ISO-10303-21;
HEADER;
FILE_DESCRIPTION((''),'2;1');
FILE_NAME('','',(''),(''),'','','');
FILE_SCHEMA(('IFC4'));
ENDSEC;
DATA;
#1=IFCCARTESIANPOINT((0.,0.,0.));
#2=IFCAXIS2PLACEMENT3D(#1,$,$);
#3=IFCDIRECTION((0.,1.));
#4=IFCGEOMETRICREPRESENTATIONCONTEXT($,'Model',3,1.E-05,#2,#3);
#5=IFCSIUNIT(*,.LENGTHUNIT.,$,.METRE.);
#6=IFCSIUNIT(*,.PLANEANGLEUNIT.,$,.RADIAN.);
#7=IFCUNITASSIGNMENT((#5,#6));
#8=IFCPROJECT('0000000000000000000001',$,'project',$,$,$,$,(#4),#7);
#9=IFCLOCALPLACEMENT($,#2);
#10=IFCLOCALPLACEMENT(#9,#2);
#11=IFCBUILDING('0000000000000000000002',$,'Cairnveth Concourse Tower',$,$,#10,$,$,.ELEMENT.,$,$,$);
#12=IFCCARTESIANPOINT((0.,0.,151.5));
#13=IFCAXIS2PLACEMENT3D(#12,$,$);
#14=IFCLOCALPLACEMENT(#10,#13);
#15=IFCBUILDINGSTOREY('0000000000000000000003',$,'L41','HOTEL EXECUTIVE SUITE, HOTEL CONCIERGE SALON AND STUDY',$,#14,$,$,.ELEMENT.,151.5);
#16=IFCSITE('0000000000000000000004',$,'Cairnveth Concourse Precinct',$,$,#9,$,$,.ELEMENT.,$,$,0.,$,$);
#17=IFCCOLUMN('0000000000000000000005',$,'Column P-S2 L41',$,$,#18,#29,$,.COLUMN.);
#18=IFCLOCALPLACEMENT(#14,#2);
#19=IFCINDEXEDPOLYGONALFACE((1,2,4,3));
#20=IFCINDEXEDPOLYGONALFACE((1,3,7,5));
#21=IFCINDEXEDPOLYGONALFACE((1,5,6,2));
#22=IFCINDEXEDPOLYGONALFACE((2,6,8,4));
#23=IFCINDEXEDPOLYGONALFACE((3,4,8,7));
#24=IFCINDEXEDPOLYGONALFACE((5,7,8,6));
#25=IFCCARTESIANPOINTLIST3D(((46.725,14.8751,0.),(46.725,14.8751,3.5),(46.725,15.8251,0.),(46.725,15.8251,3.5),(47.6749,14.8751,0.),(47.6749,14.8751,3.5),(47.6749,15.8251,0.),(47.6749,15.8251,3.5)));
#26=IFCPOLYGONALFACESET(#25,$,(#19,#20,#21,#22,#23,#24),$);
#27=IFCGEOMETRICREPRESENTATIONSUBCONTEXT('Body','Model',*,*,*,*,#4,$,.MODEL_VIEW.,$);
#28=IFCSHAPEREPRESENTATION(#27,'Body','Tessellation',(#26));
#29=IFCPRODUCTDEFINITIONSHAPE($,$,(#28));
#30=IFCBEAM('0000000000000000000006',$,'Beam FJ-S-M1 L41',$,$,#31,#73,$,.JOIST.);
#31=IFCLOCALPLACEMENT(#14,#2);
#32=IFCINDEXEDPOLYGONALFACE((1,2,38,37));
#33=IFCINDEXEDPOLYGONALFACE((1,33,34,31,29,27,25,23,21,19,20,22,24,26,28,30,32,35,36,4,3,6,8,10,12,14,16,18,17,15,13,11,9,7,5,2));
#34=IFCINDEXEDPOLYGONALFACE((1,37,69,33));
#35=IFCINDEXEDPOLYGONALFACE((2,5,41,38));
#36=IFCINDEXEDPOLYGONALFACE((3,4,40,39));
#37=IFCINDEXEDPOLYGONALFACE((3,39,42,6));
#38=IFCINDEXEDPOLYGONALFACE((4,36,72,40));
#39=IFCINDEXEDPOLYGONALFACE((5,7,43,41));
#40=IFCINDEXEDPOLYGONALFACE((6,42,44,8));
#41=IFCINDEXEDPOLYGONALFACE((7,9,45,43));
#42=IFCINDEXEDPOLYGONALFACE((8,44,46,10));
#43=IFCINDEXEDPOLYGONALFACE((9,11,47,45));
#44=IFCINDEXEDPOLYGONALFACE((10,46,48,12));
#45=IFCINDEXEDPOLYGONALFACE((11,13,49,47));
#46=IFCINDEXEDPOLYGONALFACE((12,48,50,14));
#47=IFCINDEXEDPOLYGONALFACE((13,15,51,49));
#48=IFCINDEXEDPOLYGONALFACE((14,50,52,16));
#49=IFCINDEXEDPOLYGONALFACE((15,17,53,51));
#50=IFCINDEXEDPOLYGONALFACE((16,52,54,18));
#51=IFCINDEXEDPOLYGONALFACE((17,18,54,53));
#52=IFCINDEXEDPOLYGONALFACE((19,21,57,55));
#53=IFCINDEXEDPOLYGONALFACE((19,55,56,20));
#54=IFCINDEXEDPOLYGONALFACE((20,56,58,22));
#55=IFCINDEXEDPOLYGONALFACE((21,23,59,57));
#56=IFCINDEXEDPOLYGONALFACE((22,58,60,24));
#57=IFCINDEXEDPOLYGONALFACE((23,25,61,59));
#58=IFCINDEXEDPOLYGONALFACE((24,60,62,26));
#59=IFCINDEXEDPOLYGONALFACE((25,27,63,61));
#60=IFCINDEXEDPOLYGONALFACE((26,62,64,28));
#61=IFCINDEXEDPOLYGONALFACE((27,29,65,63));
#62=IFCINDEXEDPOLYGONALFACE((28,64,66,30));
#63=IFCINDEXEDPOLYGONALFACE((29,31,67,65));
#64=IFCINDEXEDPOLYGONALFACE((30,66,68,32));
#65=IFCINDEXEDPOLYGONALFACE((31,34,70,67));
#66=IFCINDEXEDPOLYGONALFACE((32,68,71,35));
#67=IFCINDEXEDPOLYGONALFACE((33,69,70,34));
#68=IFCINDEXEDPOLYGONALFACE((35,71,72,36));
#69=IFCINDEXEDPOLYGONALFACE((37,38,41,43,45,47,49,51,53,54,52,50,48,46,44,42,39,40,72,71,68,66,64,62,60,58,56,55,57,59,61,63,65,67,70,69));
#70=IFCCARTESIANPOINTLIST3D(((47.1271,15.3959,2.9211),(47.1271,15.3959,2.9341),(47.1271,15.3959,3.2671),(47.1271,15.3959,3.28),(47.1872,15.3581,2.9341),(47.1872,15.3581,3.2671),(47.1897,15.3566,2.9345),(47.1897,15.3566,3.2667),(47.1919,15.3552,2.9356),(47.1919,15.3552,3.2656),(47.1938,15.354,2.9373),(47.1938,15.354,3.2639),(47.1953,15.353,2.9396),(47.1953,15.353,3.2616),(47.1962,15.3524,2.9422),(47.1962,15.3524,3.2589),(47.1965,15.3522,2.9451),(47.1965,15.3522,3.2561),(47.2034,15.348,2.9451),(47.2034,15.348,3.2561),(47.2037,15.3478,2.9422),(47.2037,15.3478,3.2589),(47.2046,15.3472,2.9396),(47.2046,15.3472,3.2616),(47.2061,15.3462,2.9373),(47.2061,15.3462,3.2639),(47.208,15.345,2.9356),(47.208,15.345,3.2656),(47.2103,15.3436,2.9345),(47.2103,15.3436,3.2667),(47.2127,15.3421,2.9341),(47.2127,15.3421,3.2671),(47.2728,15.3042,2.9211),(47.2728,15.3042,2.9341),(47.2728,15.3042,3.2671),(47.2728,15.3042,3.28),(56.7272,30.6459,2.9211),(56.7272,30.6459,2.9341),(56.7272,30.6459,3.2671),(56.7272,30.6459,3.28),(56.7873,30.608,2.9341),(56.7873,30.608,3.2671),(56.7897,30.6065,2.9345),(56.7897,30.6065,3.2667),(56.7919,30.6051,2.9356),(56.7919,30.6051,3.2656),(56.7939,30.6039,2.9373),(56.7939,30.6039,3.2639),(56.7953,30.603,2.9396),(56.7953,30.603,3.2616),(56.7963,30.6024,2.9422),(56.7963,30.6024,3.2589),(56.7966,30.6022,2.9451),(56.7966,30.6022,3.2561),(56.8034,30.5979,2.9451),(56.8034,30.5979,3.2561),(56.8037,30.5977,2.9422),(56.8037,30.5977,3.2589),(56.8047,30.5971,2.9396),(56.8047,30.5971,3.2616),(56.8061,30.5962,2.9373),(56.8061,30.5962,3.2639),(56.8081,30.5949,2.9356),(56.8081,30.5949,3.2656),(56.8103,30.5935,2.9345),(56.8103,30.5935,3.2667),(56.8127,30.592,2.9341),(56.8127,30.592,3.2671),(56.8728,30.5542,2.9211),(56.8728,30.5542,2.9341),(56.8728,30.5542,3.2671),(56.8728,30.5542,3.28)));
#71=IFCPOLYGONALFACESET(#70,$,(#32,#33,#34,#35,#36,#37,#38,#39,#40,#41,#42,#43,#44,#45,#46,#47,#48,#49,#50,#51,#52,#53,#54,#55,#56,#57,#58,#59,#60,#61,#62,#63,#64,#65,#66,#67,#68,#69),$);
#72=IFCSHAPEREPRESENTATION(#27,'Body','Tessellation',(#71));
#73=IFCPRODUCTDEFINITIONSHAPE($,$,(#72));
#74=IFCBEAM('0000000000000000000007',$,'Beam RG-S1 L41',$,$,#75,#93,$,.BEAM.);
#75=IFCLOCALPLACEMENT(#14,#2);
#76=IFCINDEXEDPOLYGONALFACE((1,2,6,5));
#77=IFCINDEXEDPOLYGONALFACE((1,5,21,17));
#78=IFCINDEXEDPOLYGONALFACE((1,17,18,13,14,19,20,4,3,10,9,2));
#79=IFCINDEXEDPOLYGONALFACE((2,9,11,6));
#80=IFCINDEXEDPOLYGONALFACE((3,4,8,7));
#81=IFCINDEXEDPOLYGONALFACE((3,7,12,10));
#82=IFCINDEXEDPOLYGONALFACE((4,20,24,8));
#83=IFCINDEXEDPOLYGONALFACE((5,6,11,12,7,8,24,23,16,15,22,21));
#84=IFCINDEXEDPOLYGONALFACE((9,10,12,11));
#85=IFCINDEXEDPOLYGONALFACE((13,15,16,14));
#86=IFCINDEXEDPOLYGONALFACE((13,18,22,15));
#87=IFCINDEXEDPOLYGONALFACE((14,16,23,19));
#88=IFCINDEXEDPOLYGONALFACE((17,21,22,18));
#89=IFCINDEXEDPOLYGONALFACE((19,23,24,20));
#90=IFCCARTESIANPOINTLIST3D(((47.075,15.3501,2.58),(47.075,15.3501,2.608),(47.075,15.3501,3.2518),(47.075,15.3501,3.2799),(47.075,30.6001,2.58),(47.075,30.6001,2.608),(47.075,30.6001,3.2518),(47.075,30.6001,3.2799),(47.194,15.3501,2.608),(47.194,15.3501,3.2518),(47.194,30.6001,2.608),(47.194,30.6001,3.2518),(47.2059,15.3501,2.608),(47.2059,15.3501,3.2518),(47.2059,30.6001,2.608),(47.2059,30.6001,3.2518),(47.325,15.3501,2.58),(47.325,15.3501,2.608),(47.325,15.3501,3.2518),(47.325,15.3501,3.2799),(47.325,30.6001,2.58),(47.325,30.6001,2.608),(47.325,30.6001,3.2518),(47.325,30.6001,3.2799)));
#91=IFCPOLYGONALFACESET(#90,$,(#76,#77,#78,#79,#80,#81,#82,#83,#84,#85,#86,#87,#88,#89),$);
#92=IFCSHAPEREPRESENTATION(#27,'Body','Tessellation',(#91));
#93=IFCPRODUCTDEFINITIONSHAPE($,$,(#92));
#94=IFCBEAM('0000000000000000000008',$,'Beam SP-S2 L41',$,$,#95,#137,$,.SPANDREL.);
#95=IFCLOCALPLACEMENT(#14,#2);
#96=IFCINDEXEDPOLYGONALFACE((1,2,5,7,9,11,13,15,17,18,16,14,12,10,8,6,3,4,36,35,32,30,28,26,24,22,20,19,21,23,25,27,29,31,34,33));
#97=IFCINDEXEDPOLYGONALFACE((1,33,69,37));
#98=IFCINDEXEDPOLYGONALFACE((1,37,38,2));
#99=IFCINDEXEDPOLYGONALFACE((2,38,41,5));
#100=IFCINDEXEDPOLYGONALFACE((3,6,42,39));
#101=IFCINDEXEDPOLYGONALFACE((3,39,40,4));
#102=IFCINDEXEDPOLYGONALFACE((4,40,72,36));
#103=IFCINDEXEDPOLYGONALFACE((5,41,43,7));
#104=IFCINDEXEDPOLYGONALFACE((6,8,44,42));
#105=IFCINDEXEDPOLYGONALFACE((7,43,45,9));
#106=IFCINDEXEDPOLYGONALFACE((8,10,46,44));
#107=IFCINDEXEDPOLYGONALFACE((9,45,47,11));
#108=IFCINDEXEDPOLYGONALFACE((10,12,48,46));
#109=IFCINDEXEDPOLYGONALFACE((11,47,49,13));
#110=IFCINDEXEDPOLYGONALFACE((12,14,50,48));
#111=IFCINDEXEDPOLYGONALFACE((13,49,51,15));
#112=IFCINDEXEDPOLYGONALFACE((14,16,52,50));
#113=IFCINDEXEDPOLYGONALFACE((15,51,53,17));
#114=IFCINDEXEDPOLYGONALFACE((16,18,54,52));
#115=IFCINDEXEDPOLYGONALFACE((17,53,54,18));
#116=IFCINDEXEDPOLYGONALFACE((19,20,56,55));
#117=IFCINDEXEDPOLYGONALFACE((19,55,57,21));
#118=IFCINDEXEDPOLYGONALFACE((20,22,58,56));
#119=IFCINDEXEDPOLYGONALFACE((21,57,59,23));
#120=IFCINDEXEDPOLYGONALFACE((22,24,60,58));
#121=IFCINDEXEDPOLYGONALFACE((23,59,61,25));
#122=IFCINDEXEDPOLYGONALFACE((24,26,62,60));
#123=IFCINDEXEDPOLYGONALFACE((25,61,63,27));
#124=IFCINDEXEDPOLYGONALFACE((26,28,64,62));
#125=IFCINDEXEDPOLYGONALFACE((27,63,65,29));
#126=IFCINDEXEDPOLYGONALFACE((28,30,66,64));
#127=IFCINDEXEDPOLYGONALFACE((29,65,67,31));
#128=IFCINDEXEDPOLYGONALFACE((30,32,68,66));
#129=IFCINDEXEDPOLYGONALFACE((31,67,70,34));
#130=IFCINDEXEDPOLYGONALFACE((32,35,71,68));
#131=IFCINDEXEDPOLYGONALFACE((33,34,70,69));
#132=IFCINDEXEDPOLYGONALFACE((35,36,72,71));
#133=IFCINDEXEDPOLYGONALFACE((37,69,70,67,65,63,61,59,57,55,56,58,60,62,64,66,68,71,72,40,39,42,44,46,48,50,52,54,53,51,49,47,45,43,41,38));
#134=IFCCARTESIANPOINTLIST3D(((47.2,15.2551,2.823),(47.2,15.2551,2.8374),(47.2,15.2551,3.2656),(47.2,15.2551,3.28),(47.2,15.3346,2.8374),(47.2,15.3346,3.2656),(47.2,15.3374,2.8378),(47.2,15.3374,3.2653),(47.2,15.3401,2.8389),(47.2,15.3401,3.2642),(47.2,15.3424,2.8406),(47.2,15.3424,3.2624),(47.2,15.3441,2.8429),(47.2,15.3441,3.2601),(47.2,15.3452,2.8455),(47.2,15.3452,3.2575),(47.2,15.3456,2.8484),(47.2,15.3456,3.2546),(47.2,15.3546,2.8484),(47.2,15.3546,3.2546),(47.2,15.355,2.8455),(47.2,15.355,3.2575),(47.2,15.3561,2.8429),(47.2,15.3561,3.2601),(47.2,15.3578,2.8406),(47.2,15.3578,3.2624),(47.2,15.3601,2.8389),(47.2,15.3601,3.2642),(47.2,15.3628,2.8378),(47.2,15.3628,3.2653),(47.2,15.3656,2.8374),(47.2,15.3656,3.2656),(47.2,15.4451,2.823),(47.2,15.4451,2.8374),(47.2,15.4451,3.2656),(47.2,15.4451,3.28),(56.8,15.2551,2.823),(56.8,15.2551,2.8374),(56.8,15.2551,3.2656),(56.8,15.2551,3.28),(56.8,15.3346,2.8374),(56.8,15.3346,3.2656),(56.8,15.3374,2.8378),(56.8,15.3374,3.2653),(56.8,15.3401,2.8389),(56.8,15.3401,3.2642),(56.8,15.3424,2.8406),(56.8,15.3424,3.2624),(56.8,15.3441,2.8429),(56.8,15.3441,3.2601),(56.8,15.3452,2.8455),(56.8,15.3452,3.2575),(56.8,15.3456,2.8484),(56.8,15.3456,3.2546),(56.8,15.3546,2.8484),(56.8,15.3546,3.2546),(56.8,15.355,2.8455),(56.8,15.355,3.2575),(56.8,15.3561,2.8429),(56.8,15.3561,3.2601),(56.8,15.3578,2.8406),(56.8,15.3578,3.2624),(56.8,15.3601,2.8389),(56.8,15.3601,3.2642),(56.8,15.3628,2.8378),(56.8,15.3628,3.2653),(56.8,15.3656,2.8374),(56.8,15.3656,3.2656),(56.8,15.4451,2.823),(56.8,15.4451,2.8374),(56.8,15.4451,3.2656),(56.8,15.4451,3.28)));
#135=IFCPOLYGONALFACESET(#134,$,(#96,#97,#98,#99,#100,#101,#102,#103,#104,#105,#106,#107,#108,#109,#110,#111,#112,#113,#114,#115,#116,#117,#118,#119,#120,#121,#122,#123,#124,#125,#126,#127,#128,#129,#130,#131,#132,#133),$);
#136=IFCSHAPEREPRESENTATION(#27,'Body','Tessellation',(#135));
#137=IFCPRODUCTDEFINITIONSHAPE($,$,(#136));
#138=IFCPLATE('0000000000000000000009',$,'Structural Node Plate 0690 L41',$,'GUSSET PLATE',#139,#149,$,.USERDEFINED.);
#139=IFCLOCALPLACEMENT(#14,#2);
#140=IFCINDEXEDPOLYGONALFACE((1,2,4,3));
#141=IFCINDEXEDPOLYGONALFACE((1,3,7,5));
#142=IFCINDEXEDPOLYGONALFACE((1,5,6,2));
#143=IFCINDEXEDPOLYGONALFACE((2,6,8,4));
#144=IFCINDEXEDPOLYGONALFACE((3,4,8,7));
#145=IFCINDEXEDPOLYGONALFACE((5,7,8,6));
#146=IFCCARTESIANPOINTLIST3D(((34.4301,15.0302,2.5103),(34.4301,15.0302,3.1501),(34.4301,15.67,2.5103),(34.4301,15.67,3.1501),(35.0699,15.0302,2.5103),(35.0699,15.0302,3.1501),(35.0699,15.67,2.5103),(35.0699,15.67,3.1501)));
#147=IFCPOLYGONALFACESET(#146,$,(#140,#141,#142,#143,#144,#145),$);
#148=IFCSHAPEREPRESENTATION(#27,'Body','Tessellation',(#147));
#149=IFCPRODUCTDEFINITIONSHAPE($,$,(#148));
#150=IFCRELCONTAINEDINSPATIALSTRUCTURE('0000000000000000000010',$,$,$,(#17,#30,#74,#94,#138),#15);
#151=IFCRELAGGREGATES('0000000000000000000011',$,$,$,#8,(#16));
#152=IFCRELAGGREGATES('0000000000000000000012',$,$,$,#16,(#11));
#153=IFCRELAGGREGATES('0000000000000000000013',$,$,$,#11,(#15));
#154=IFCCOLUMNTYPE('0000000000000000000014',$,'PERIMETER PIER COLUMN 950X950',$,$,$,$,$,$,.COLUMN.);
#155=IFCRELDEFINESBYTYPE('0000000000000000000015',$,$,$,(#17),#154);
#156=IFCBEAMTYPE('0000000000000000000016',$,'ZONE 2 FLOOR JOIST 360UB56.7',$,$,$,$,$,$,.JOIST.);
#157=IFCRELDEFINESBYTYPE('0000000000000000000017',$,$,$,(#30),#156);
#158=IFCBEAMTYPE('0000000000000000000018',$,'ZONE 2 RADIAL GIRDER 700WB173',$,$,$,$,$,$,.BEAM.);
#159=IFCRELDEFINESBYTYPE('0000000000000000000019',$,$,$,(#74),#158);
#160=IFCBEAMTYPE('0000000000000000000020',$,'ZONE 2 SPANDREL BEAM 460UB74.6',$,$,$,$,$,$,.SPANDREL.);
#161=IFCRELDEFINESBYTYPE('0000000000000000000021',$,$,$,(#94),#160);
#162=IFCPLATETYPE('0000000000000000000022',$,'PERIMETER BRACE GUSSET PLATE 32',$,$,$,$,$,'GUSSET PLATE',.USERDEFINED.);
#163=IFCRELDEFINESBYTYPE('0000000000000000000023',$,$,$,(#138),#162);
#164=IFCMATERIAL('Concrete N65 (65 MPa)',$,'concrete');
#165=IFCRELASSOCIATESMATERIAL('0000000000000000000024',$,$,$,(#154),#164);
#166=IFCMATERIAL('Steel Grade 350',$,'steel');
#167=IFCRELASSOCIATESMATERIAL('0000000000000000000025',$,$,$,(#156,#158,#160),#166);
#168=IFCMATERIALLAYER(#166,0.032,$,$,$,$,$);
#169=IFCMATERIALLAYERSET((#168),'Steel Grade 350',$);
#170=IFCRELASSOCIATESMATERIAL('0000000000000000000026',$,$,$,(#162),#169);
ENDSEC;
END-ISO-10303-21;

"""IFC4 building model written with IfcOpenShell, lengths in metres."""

from ifc_helpers import new_model, si_unit, direction, frame, origin, origin_2d, place, context, subcontext, project, spatial, rectangle, i_section, extrude, material, layer, layer_set, material_profile, profile_set, type_object, element, save


model = new_model("IFC4")

# Units and contexts
model_context = context("Model", 3, precision=1e-05, world=origin(), true_north=direction((0.0, 1.0)))
body_context = subcontext(model_context, "Body", "Model", "MODEL_VIEW")
ifc_project = project(units=[si_unit("LENGTHUNIT", "METRE"), si_unit("PLANEANGLEUNIT", "RADIAN")], contexts=[model_context])

# Site, building, storey
site_placement = place(None, origin())
site = spatial("IfcSite", under=ifc_project, at=site_placement, Name="Cairnveth Concourse Precinct", CompositionType="ELEMENT", RefElevation=0.0)
building_placement = place(site_placement, origin())
building = spatial("IfcBuilding", under=site, at=building_placement, Name="Cairnveth Concourse Tower", CompositionType="ELEMENT")
storey_placement = place(building_placement, frame((0.0, 0.0, 151.5)))
storey = spatial("IfcBuildingStorey", under=building, at=storey_placement, Name="L41", Description="HOTEL EXECUTIVE SUITE, HOTEL CONCIERGE SALON AND STUDY", CompositionType="ELEMENT", Elevation=151.5)

# Column
ifc_material_1 = material(Name="Concrete N65 (65 MPa)", Category="concrete")
ifc_material_profile_1 = material_profile(ifc_material_1, rectangle(XDim=0.95, YDim=0.95, at=origin_2d()), Name="RC-COL-950x950")
ifc_profile_set_1 = profile_set([ifc_material_profile_1], Name="Concrete N65 (65 MPa)")
column_type = type_object("IfcColumnType", Name="PERIMETER PIER COLUMN 950X950", PredefinedType="COLUMN", material=ifc_profile_set_1)
column_placement = place(storey_placement, frame((47.2, 15.3501, 0.0), z_axis=(0.0, 0.0, 1.0), x_axis=(1.0, 0.0, 0.0)))
element("IfcColumn", 1, at=column_placement, inside=storey, type_object=column_type, Name="Column P-S2 L41", PredefinedType="COLUMN", context=body_context, shape_type="SweptSolid", body=[
    extrude(rectangle(XDim=0.95, YDim=0.95, at=origin_2d()), origin(), (0.0, 0.0, 1.0), 3.5),
])

# Beams
ifc_material_2 = material(Name="Steel Grade 350", Category="steel")
ifc_material_profile_2 = material_profile(ifc_material_2, i_section(OverallWidth=0.1721, OverallDepth=0.3589, WebThickness=0.0081, FlangeThickness=0.0129, FilletRadius=0.011, at=origin_2d()), Name="360UB56.7")
ifc_profile_set_2 = profile_set([ifc_material_profile_2], Name="Steel Grade 350")
beam_type_1 = type_object("IfcBeamType", Name="ZONE 2 FLOOR JOIST 360UB56.7", PredefinedType="JOIST", material=ifc_profile_set_2)
beam_1_placement = place(storey_placement, frame((47.2, 15.3501, 3.1006), z_axis=(0.532744, 0.846277, 0.0), x_axis=(-0.846277, 0.532744, 0.0)))
element("IfcBeam", 2, at=beam_1_placement, inside=storey, type_object=beam_type_1, Name="Beam FJ-S-M1 L41", PredefinedType="JOIST", context=body_context, shape_type="SweptSolid", body=[
    extrude(i_section(OverallWidth=0.1721, OverallDepth=0.3589, WebThickness=0.0081, FlangeThickness=0.0129, FilletRadius=0.011, at=origin_2d()), origin(), (0.0, 0.0, 1.0), 18.02),
])
ifc_material_profile_3 = material_profile(ifc_material_2, i_section(OverallWidth=0.25, OverallDepth=0.7, WebThickness=0.012, FlangeThickness=0.0281, at=origin_2d()), Name="700WB173")
ifc_profile_set_3 = profile_set([ifc_material_profile_3], Name="Steel Grade 350")
beam_type_2 = type_object("IfcBeamType", Name="ZONE 2 RADIAL GIRDER 700WB173", PredefinedType="BEAM", material=ifc_profile_set_3)
beam_2_placement = place(storey_placement, frame((47.2, 15.3501, 2.9299), z_axis=(0.0, 1.0, 0.0), x_axis=(-1.0, 0.0, 0.0)))
element("IfcBeam", 3, at=beam_2_placement, inside=storey, type_object=beam_type_2, Name="Beam RG-S1 L41", PredefinedType="BEAM", context=body_context, shape_type="SweptSolid", body=[
    extrude(i_section(OverallWidth=0.25, OverallDepth=0.7, WebThickness=0.012, FlangeThickness=0.0281, at=origin_2d()), origin(), (0.0, 0.0, 1.0), 15.25),
])
ifc_material_profile_4 = material_profile(ifc_material_2, i_section(OverallWidth=0.1899, OverallDepth=0.457, WebThickness=0.009, FlangeThickness=0.0144, FilletRadius=0.011, at=origin_2d()), Name="460UB74.6")
ifc_profile_set_4 = profile_set([ifc_material_profile_4], Name="Steel Grade 350")
beam_type_3 = type_object("IfcBeamType", Name="ZONE 2 SPANDREL BEAM 460UB74.6", PredefinedType="SPANDREL", material=ifc_profile_set_4)
beam_3_placement = place(storey_placement, frame((47.2, 15.3501, 3.0515), z_axis=(1.0, 0.0, 0.0), x_axis=(0.0, 1.0, 0.0)))
element("IfcBeam", 4, at=beam_3_placement, inside=storey, type_object=beam_type_3, Name="Beam SP-S2 L41", PredefinedType="SPANDREL", context=body_context, shape_type="SweptSolid", body=[
    extrude(i_section(OverallWidth=0.1899, OverallDepth=0.457, WebThickness=0.009, FlangeThickness=0.0144, FilletRadius=0.011, at=origin_2d()), origin(), (0.0, 0.0, 1.0), 9.6001),
])

# Plate
ifc_layer_1 = layer(ifc_material_2, 0.032)
ifc_layer_set_1 = layer_set([ifc_layer_1], Name="Steel Grade 350")
plate_type = type_object("IfcPlateType", Name="PERIMETER BRACE GUSSET PLATE 32", ElementType="GUSSET PLATE", PredefinedType="USERDEFINED", material=ifc_layer_set_1)
plate_placement = place(storey_placement, frame((34.75, 15.3501, 2.5103), z_axis=(0.0, 0.0, 1.0), x_axis=(1.0, 0.0, 0.0)))
element("IfcPlate", 5, at=plate_placement, inside=storey, type_object=plate_type, Name="Structural Node Plate 0690 L41", ObjectType="GUSSET PLATE", PredefinedType="USERDEFINED", context=body_context, shape_type="SweptSolid", body=[
    extrude(rectangle(XDim=0.6399, YDim=0.6399, at=origin_2d()), origin(), (0.0, 0.0, 1.0), 0.6399),
])

save(model, "model.ifc")
